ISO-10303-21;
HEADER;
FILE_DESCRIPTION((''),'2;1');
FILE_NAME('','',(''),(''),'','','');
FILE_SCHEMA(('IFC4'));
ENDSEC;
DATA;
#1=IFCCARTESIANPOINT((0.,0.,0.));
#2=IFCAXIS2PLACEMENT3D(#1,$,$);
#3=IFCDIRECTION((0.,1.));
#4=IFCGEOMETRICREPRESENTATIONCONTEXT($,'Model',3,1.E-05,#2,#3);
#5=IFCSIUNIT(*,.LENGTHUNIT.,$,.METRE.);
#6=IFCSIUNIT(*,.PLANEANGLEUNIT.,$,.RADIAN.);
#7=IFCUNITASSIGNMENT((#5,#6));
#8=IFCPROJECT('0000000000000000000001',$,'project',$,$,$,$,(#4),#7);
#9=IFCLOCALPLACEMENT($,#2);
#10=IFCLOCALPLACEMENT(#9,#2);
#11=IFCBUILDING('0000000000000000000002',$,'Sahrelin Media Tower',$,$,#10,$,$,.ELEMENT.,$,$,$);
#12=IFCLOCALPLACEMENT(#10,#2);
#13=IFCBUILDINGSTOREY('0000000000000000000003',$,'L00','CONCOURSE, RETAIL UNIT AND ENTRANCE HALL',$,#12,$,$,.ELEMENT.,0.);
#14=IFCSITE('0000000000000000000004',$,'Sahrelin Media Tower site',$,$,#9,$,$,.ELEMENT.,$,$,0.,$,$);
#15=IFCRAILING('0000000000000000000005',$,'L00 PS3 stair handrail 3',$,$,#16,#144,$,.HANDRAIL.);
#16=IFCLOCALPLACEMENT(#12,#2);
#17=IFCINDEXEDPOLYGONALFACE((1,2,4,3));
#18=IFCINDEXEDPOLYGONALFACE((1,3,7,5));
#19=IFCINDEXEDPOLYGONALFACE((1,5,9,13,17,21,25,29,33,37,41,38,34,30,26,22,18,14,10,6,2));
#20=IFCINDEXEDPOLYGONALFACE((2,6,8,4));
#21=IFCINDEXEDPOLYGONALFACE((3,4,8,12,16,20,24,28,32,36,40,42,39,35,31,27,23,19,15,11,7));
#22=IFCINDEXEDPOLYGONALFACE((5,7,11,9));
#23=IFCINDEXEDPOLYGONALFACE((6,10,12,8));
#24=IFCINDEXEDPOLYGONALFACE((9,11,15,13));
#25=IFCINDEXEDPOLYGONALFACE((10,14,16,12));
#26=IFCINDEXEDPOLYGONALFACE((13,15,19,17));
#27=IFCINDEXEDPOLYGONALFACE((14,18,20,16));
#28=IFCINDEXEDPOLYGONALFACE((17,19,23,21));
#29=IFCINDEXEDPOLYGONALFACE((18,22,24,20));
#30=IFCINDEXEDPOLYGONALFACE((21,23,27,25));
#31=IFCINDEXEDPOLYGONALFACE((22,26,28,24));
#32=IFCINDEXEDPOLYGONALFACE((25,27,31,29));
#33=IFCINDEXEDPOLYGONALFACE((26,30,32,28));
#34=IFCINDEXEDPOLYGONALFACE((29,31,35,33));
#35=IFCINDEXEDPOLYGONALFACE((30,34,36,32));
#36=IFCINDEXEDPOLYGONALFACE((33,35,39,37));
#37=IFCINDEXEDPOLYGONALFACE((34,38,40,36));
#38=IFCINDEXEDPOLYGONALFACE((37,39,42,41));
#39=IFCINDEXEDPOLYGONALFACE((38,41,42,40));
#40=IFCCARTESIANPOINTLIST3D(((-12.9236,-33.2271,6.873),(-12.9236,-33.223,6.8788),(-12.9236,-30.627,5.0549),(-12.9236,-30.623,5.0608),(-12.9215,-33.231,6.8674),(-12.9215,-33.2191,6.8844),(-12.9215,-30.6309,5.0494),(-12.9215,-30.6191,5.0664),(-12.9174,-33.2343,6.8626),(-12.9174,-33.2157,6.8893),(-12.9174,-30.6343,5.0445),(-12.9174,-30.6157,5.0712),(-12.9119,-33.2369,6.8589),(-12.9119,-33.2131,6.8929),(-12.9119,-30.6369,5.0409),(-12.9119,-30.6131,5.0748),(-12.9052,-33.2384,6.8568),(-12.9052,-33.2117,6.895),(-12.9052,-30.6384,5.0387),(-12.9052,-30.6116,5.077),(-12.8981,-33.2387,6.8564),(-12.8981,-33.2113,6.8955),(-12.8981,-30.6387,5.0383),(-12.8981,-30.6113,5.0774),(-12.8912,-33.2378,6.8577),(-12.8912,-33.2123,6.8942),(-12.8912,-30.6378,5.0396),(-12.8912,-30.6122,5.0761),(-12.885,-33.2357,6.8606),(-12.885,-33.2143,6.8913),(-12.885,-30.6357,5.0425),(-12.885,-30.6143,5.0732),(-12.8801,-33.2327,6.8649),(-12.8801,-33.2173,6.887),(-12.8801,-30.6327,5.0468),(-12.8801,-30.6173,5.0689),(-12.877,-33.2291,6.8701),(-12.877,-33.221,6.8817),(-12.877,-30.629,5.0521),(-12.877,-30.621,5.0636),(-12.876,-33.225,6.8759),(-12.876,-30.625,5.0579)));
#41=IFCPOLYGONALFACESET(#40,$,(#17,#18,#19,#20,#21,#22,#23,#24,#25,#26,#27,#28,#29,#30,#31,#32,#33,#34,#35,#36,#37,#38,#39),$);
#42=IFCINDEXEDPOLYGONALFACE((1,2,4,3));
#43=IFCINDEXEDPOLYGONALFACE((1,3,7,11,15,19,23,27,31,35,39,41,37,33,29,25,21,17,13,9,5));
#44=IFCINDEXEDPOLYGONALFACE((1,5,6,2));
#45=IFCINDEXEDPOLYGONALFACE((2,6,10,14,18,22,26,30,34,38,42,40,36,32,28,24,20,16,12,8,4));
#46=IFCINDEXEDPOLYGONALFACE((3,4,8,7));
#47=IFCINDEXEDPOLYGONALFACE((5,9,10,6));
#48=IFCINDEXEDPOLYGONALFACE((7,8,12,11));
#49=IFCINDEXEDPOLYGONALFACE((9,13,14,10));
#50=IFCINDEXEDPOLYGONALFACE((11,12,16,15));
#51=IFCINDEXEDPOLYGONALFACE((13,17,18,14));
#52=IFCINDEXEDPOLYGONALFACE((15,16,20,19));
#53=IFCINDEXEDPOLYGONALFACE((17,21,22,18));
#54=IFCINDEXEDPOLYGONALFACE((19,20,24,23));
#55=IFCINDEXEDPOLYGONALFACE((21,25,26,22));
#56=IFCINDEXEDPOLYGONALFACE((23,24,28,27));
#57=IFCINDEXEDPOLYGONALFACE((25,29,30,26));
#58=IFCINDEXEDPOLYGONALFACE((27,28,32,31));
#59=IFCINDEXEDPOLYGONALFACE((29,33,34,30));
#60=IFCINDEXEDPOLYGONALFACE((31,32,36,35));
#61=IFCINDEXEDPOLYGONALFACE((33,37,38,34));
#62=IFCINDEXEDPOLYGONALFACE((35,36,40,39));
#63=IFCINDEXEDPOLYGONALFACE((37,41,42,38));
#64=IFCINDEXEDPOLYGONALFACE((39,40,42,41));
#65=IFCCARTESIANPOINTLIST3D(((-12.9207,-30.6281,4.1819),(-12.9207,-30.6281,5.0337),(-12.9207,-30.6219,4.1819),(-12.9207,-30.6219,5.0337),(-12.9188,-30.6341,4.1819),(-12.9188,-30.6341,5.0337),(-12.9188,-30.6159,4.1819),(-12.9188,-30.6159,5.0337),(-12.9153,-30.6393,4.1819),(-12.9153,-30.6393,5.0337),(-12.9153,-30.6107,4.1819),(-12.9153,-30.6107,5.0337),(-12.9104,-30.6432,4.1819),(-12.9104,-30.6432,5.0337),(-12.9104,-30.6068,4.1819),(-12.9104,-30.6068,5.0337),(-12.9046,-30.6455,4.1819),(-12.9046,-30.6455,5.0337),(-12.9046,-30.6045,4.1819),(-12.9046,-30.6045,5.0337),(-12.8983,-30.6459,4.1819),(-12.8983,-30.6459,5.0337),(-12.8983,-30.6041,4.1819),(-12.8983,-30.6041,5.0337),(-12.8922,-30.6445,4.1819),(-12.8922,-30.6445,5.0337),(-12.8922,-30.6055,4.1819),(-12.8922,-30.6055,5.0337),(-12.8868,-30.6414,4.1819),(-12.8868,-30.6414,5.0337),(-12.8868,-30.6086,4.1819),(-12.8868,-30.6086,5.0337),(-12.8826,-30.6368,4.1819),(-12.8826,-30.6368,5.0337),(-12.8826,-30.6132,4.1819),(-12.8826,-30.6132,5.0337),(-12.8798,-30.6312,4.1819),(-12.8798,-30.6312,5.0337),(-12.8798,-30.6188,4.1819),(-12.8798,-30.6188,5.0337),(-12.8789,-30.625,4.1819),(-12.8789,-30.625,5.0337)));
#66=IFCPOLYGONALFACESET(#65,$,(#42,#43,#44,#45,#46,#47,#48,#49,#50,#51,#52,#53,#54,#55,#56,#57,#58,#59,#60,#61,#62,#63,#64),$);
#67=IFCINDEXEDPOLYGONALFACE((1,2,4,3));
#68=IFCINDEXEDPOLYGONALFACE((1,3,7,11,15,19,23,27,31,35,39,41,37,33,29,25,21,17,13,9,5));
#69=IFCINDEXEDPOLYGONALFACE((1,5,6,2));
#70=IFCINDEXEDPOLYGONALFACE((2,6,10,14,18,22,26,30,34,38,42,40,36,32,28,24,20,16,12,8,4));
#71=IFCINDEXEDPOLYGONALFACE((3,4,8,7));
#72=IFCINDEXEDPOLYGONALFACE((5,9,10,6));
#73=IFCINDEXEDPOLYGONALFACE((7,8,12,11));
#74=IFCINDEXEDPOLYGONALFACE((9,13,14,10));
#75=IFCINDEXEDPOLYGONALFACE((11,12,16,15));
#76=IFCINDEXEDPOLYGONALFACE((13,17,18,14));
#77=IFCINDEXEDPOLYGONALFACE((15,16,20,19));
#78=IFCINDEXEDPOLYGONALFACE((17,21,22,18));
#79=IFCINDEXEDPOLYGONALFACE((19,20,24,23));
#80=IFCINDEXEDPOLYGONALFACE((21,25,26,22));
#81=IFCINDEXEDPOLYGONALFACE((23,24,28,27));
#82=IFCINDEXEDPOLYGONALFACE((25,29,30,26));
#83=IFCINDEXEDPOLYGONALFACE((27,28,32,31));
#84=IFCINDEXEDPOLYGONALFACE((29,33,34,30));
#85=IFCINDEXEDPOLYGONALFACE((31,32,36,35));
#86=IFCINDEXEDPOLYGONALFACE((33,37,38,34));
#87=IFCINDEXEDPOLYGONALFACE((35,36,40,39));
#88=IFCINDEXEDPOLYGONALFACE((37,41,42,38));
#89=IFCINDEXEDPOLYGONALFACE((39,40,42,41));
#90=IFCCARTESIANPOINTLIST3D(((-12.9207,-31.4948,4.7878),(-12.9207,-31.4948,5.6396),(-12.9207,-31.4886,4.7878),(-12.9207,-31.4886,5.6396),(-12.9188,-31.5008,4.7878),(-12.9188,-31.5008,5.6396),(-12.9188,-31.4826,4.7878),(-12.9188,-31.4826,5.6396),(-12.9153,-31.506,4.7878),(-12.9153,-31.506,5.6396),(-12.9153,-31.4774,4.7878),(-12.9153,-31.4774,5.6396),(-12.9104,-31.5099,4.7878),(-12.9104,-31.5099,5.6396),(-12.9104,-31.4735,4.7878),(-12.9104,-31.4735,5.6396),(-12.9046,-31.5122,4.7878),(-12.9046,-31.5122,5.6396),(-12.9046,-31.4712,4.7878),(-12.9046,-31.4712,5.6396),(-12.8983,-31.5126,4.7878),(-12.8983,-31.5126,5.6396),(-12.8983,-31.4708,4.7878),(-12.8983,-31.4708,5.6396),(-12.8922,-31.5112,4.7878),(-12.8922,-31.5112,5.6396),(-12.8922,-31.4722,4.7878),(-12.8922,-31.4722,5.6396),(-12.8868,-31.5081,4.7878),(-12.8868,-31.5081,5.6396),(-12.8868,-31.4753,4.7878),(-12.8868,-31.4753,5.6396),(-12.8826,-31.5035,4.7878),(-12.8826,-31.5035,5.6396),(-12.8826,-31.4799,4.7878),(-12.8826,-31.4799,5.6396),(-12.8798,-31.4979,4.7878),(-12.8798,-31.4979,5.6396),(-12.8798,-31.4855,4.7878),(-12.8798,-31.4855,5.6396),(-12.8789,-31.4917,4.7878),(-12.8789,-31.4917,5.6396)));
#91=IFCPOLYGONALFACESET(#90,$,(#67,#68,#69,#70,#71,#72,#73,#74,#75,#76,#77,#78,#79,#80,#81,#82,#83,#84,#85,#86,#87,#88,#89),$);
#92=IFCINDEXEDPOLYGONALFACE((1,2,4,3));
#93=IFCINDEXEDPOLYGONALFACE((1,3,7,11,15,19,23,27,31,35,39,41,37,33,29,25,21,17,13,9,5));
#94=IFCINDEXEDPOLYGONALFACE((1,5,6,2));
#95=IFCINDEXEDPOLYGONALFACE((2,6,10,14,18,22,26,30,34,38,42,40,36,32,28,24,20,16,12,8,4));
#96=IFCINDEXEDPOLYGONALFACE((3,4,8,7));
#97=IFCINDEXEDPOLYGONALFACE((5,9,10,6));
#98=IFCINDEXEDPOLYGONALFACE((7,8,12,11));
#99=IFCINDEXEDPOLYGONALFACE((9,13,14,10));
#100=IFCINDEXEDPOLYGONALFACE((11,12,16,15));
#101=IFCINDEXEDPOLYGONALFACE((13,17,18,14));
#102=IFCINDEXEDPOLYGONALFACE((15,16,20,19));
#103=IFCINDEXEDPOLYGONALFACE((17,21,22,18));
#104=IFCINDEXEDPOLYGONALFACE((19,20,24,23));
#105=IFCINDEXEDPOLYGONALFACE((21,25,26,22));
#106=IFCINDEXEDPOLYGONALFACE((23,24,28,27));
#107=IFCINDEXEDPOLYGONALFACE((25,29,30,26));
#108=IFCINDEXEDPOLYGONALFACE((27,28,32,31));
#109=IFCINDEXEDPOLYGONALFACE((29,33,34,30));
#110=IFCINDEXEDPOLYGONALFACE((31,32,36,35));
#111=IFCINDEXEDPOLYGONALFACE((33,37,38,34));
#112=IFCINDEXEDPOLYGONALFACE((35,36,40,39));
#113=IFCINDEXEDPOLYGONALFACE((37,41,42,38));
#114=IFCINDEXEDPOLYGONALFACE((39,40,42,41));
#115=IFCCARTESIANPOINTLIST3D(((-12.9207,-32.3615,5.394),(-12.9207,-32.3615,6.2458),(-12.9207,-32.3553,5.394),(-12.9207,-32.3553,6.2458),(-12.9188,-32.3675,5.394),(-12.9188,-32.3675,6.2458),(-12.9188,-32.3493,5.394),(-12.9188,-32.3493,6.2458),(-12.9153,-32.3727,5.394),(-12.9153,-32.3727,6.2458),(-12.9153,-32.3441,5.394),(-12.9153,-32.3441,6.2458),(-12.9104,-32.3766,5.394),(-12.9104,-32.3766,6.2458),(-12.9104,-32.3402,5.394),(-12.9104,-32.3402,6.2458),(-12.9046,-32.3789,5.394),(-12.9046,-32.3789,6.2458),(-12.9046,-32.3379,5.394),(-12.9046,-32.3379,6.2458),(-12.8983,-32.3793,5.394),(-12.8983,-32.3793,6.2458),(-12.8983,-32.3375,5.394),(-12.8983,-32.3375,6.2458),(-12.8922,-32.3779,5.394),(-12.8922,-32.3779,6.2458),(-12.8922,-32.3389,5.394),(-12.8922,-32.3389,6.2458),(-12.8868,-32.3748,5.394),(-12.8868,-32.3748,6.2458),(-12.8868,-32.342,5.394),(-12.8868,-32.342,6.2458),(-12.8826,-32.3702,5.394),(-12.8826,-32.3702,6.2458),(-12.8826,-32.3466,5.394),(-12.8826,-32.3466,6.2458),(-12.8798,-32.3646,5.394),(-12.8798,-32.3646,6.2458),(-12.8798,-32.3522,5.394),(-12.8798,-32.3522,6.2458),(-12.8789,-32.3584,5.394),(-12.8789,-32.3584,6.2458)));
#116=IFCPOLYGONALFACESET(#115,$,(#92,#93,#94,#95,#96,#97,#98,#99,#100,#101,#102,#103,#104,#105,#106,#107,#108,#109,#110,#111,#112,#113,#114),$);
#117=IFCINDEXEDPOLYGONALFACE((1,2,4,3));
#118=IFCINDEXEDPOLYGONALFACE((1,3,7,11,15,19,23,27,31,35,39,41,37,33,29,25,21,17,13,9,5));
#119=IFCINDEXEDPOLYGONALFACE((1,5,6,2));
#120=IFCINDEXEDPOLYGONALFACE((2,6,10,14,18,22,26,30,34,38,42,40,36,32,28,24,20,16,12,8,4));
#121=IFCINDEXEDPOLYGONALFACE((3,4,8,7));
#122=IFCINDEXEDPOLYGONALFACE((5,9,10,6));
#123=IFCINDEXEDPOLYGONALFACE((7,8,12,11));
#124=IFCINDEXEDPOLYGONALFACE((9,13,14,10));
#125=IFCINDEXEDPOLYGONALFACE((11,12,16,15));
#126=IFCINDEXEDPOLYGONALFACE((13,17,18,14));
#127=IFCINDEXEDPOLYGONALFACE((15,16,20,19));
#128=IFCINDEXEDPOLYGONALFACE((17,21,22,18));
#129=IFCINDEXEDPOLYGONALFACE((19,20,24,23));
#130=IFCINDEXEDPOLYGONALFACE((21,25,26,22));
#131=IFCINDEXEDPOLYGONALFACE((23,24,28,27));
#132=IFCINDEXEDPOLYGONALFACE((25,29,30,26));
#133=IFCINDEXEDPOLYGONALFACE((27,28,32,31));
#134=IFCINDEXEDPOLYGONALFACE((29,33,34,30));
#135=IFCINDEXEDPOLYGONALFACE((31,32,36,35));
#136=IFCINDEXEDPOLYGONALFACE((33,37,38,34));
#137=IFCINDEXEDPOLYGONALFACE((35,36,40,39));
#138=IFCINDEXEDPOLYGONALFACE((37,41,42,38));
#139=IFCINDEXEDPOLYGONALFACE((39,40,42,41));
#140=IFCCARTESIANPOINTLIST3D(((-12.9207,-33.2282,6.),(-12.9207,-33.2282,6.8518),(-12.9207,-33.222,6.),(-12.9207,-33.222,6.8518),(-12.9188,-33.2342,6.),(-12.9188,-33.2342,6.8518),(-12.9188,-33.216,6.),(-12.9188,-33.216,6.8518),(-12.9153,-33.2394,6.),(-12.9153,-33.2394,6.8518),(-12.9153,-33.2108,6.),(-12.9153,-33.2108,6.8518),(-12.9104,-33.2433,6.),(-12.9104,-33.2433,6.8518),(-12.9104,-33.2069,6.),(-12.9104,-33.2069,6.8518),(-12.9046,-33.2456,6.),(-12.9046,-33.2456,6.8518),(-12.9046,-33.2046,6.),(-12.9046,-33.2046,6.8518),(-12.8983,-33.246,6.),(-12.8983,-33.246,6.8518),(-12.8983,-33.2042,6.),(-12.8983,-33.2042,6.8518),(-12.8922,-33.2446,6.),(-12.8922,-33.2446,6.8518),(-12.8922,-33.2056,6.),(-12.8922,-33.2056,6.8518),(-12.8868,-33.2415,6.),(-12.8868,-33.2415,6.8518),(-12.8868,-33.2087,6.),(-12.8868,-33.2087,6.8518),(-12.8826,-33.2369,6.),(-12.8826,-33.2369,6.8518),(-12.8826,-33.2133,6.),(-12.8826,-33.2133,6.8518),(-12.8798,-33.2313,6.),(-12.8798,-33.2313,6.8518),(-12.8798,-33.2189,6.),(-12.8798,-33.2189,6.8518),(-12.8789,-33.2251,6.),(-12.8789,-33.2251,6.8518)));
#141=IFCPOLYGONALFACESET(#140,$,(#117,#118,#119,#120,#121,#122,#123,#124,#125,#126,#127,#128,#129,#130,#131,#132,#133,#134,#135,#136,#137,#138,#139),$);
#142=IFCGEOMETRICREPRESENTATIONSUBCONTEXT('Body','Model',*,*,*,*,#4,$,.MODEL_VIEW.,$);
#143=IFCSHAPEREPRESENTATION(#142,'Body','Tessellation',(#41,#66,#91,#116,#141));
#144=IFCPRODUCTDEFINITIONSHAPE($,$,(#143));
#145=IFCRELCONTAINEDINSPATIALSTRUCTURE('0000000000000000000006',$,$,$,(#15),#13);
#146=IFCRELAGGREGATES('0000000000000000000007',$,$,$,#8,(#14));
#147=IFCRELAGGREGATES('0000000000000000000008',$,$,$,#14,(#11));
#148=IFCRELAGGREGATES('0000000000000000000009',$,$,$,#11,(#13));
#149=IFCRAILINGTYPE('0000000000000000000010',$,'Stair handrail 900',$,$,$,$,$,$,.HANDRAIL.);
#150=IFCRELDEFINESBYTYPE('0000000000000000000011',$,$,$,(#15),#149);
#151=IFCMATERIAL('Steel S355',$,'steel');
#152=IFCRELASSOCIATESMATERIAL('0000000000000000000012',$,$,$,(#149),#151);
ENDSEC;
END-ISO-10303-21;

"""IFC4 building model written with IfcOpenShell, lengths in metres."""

from ifc_helpers import new_model, si_unit, direction, frame, origin, origin_2d, place, context, subcontext, project, spatial, circle, extrude, material, type_object, element, save


model = new_model("IFC4")

# Units and contexts
model_context = context("Model", 3, precision=1e-05, world=origin(), true_north=direction((0.0, 1.0)))
body_context = subcontext(model_context, "Body", "Model", "MODEL_VIEW")
ifc_project = project(units=[si_unit("LENGTHUNIT", "METRE"), si_unit("PLANEANGLEUNIT", "RADIAN")], contexts=[model_context])

# Site, building, storey
site_placement = place(None, origin())
site = spatial("IfcSite", under=ifc_project, at=site_placement, Name="Sahrelin Media Tower site", CompositionType="ELEMENT", RefElevation=0.0)
building_placement = place(site_placement, origin())
building = spatial("IfcBuilding", under=site, at=building_placement, Name="Sahrelin Media Tower", CompositionType="ELEMENT")
storey_placement = place(building_placement, origin())
storey = spatial("IfcBuildingStorey", under=building, at=storey_placement, Name="L00", Description="CONCOURSE, RETAIL UNIT AND ENTRANCE HALL", CompositionType="ELEMENT", Elevation=0.0)

# Shared definitions
ifc_material_1 = material(Name="Steel S355", Category="steel")

# Railing
railing_type_1 = type_object("IfcRailingType", Name="Stair handrail 900", PredefinedType="HANDRAIL", material=ifc_material_1)
railing_1_placement = place(storey_placement, frame((-12.8999, -30.625, 4.1819)))
element("IfcRailing", 1, at=railing_1_placement, inside=storey, type_object=railing_type_1, Name="L00 PS3 stair handrail 3", PredefinedType="HANDRAIL", context=body_context, shape_type="SweptSolid", body=[
    extrude(circle(Radius=0.0239, at=origin_2d()), frame((0.0, 0.0, 0.876), z_axis=(0.0, -0.819521, 0.573049), x_axis=(1.0, 0.0, 0.0)), (0.0, 0.0, 1.0), 3.1726),
    extrude(circle(Radius=0.021, at=origin_2d()), origin(), (0.0, 0.0, 1.0), 0.8518),
    extrude(circle(Radius=0.021, at=origin_2d()), frame((0.0, -0.8667, 0.606)), (0.0, 0.0, 1.0), 0.8518),
    extrude(circle(Radius=0.021, at=origin_2d()), frame((0.0, -1.7334, 1.2122)), (0.0, 0.0, 1.0), 0.8518),
    extrude(circle(Radius=0.021, at=origin_2d()), frame((0.0, -2.6001, 1.8181)), (0.0, 0.0, 1.0), 0.8518),
])

save(model, "model.ifc")
